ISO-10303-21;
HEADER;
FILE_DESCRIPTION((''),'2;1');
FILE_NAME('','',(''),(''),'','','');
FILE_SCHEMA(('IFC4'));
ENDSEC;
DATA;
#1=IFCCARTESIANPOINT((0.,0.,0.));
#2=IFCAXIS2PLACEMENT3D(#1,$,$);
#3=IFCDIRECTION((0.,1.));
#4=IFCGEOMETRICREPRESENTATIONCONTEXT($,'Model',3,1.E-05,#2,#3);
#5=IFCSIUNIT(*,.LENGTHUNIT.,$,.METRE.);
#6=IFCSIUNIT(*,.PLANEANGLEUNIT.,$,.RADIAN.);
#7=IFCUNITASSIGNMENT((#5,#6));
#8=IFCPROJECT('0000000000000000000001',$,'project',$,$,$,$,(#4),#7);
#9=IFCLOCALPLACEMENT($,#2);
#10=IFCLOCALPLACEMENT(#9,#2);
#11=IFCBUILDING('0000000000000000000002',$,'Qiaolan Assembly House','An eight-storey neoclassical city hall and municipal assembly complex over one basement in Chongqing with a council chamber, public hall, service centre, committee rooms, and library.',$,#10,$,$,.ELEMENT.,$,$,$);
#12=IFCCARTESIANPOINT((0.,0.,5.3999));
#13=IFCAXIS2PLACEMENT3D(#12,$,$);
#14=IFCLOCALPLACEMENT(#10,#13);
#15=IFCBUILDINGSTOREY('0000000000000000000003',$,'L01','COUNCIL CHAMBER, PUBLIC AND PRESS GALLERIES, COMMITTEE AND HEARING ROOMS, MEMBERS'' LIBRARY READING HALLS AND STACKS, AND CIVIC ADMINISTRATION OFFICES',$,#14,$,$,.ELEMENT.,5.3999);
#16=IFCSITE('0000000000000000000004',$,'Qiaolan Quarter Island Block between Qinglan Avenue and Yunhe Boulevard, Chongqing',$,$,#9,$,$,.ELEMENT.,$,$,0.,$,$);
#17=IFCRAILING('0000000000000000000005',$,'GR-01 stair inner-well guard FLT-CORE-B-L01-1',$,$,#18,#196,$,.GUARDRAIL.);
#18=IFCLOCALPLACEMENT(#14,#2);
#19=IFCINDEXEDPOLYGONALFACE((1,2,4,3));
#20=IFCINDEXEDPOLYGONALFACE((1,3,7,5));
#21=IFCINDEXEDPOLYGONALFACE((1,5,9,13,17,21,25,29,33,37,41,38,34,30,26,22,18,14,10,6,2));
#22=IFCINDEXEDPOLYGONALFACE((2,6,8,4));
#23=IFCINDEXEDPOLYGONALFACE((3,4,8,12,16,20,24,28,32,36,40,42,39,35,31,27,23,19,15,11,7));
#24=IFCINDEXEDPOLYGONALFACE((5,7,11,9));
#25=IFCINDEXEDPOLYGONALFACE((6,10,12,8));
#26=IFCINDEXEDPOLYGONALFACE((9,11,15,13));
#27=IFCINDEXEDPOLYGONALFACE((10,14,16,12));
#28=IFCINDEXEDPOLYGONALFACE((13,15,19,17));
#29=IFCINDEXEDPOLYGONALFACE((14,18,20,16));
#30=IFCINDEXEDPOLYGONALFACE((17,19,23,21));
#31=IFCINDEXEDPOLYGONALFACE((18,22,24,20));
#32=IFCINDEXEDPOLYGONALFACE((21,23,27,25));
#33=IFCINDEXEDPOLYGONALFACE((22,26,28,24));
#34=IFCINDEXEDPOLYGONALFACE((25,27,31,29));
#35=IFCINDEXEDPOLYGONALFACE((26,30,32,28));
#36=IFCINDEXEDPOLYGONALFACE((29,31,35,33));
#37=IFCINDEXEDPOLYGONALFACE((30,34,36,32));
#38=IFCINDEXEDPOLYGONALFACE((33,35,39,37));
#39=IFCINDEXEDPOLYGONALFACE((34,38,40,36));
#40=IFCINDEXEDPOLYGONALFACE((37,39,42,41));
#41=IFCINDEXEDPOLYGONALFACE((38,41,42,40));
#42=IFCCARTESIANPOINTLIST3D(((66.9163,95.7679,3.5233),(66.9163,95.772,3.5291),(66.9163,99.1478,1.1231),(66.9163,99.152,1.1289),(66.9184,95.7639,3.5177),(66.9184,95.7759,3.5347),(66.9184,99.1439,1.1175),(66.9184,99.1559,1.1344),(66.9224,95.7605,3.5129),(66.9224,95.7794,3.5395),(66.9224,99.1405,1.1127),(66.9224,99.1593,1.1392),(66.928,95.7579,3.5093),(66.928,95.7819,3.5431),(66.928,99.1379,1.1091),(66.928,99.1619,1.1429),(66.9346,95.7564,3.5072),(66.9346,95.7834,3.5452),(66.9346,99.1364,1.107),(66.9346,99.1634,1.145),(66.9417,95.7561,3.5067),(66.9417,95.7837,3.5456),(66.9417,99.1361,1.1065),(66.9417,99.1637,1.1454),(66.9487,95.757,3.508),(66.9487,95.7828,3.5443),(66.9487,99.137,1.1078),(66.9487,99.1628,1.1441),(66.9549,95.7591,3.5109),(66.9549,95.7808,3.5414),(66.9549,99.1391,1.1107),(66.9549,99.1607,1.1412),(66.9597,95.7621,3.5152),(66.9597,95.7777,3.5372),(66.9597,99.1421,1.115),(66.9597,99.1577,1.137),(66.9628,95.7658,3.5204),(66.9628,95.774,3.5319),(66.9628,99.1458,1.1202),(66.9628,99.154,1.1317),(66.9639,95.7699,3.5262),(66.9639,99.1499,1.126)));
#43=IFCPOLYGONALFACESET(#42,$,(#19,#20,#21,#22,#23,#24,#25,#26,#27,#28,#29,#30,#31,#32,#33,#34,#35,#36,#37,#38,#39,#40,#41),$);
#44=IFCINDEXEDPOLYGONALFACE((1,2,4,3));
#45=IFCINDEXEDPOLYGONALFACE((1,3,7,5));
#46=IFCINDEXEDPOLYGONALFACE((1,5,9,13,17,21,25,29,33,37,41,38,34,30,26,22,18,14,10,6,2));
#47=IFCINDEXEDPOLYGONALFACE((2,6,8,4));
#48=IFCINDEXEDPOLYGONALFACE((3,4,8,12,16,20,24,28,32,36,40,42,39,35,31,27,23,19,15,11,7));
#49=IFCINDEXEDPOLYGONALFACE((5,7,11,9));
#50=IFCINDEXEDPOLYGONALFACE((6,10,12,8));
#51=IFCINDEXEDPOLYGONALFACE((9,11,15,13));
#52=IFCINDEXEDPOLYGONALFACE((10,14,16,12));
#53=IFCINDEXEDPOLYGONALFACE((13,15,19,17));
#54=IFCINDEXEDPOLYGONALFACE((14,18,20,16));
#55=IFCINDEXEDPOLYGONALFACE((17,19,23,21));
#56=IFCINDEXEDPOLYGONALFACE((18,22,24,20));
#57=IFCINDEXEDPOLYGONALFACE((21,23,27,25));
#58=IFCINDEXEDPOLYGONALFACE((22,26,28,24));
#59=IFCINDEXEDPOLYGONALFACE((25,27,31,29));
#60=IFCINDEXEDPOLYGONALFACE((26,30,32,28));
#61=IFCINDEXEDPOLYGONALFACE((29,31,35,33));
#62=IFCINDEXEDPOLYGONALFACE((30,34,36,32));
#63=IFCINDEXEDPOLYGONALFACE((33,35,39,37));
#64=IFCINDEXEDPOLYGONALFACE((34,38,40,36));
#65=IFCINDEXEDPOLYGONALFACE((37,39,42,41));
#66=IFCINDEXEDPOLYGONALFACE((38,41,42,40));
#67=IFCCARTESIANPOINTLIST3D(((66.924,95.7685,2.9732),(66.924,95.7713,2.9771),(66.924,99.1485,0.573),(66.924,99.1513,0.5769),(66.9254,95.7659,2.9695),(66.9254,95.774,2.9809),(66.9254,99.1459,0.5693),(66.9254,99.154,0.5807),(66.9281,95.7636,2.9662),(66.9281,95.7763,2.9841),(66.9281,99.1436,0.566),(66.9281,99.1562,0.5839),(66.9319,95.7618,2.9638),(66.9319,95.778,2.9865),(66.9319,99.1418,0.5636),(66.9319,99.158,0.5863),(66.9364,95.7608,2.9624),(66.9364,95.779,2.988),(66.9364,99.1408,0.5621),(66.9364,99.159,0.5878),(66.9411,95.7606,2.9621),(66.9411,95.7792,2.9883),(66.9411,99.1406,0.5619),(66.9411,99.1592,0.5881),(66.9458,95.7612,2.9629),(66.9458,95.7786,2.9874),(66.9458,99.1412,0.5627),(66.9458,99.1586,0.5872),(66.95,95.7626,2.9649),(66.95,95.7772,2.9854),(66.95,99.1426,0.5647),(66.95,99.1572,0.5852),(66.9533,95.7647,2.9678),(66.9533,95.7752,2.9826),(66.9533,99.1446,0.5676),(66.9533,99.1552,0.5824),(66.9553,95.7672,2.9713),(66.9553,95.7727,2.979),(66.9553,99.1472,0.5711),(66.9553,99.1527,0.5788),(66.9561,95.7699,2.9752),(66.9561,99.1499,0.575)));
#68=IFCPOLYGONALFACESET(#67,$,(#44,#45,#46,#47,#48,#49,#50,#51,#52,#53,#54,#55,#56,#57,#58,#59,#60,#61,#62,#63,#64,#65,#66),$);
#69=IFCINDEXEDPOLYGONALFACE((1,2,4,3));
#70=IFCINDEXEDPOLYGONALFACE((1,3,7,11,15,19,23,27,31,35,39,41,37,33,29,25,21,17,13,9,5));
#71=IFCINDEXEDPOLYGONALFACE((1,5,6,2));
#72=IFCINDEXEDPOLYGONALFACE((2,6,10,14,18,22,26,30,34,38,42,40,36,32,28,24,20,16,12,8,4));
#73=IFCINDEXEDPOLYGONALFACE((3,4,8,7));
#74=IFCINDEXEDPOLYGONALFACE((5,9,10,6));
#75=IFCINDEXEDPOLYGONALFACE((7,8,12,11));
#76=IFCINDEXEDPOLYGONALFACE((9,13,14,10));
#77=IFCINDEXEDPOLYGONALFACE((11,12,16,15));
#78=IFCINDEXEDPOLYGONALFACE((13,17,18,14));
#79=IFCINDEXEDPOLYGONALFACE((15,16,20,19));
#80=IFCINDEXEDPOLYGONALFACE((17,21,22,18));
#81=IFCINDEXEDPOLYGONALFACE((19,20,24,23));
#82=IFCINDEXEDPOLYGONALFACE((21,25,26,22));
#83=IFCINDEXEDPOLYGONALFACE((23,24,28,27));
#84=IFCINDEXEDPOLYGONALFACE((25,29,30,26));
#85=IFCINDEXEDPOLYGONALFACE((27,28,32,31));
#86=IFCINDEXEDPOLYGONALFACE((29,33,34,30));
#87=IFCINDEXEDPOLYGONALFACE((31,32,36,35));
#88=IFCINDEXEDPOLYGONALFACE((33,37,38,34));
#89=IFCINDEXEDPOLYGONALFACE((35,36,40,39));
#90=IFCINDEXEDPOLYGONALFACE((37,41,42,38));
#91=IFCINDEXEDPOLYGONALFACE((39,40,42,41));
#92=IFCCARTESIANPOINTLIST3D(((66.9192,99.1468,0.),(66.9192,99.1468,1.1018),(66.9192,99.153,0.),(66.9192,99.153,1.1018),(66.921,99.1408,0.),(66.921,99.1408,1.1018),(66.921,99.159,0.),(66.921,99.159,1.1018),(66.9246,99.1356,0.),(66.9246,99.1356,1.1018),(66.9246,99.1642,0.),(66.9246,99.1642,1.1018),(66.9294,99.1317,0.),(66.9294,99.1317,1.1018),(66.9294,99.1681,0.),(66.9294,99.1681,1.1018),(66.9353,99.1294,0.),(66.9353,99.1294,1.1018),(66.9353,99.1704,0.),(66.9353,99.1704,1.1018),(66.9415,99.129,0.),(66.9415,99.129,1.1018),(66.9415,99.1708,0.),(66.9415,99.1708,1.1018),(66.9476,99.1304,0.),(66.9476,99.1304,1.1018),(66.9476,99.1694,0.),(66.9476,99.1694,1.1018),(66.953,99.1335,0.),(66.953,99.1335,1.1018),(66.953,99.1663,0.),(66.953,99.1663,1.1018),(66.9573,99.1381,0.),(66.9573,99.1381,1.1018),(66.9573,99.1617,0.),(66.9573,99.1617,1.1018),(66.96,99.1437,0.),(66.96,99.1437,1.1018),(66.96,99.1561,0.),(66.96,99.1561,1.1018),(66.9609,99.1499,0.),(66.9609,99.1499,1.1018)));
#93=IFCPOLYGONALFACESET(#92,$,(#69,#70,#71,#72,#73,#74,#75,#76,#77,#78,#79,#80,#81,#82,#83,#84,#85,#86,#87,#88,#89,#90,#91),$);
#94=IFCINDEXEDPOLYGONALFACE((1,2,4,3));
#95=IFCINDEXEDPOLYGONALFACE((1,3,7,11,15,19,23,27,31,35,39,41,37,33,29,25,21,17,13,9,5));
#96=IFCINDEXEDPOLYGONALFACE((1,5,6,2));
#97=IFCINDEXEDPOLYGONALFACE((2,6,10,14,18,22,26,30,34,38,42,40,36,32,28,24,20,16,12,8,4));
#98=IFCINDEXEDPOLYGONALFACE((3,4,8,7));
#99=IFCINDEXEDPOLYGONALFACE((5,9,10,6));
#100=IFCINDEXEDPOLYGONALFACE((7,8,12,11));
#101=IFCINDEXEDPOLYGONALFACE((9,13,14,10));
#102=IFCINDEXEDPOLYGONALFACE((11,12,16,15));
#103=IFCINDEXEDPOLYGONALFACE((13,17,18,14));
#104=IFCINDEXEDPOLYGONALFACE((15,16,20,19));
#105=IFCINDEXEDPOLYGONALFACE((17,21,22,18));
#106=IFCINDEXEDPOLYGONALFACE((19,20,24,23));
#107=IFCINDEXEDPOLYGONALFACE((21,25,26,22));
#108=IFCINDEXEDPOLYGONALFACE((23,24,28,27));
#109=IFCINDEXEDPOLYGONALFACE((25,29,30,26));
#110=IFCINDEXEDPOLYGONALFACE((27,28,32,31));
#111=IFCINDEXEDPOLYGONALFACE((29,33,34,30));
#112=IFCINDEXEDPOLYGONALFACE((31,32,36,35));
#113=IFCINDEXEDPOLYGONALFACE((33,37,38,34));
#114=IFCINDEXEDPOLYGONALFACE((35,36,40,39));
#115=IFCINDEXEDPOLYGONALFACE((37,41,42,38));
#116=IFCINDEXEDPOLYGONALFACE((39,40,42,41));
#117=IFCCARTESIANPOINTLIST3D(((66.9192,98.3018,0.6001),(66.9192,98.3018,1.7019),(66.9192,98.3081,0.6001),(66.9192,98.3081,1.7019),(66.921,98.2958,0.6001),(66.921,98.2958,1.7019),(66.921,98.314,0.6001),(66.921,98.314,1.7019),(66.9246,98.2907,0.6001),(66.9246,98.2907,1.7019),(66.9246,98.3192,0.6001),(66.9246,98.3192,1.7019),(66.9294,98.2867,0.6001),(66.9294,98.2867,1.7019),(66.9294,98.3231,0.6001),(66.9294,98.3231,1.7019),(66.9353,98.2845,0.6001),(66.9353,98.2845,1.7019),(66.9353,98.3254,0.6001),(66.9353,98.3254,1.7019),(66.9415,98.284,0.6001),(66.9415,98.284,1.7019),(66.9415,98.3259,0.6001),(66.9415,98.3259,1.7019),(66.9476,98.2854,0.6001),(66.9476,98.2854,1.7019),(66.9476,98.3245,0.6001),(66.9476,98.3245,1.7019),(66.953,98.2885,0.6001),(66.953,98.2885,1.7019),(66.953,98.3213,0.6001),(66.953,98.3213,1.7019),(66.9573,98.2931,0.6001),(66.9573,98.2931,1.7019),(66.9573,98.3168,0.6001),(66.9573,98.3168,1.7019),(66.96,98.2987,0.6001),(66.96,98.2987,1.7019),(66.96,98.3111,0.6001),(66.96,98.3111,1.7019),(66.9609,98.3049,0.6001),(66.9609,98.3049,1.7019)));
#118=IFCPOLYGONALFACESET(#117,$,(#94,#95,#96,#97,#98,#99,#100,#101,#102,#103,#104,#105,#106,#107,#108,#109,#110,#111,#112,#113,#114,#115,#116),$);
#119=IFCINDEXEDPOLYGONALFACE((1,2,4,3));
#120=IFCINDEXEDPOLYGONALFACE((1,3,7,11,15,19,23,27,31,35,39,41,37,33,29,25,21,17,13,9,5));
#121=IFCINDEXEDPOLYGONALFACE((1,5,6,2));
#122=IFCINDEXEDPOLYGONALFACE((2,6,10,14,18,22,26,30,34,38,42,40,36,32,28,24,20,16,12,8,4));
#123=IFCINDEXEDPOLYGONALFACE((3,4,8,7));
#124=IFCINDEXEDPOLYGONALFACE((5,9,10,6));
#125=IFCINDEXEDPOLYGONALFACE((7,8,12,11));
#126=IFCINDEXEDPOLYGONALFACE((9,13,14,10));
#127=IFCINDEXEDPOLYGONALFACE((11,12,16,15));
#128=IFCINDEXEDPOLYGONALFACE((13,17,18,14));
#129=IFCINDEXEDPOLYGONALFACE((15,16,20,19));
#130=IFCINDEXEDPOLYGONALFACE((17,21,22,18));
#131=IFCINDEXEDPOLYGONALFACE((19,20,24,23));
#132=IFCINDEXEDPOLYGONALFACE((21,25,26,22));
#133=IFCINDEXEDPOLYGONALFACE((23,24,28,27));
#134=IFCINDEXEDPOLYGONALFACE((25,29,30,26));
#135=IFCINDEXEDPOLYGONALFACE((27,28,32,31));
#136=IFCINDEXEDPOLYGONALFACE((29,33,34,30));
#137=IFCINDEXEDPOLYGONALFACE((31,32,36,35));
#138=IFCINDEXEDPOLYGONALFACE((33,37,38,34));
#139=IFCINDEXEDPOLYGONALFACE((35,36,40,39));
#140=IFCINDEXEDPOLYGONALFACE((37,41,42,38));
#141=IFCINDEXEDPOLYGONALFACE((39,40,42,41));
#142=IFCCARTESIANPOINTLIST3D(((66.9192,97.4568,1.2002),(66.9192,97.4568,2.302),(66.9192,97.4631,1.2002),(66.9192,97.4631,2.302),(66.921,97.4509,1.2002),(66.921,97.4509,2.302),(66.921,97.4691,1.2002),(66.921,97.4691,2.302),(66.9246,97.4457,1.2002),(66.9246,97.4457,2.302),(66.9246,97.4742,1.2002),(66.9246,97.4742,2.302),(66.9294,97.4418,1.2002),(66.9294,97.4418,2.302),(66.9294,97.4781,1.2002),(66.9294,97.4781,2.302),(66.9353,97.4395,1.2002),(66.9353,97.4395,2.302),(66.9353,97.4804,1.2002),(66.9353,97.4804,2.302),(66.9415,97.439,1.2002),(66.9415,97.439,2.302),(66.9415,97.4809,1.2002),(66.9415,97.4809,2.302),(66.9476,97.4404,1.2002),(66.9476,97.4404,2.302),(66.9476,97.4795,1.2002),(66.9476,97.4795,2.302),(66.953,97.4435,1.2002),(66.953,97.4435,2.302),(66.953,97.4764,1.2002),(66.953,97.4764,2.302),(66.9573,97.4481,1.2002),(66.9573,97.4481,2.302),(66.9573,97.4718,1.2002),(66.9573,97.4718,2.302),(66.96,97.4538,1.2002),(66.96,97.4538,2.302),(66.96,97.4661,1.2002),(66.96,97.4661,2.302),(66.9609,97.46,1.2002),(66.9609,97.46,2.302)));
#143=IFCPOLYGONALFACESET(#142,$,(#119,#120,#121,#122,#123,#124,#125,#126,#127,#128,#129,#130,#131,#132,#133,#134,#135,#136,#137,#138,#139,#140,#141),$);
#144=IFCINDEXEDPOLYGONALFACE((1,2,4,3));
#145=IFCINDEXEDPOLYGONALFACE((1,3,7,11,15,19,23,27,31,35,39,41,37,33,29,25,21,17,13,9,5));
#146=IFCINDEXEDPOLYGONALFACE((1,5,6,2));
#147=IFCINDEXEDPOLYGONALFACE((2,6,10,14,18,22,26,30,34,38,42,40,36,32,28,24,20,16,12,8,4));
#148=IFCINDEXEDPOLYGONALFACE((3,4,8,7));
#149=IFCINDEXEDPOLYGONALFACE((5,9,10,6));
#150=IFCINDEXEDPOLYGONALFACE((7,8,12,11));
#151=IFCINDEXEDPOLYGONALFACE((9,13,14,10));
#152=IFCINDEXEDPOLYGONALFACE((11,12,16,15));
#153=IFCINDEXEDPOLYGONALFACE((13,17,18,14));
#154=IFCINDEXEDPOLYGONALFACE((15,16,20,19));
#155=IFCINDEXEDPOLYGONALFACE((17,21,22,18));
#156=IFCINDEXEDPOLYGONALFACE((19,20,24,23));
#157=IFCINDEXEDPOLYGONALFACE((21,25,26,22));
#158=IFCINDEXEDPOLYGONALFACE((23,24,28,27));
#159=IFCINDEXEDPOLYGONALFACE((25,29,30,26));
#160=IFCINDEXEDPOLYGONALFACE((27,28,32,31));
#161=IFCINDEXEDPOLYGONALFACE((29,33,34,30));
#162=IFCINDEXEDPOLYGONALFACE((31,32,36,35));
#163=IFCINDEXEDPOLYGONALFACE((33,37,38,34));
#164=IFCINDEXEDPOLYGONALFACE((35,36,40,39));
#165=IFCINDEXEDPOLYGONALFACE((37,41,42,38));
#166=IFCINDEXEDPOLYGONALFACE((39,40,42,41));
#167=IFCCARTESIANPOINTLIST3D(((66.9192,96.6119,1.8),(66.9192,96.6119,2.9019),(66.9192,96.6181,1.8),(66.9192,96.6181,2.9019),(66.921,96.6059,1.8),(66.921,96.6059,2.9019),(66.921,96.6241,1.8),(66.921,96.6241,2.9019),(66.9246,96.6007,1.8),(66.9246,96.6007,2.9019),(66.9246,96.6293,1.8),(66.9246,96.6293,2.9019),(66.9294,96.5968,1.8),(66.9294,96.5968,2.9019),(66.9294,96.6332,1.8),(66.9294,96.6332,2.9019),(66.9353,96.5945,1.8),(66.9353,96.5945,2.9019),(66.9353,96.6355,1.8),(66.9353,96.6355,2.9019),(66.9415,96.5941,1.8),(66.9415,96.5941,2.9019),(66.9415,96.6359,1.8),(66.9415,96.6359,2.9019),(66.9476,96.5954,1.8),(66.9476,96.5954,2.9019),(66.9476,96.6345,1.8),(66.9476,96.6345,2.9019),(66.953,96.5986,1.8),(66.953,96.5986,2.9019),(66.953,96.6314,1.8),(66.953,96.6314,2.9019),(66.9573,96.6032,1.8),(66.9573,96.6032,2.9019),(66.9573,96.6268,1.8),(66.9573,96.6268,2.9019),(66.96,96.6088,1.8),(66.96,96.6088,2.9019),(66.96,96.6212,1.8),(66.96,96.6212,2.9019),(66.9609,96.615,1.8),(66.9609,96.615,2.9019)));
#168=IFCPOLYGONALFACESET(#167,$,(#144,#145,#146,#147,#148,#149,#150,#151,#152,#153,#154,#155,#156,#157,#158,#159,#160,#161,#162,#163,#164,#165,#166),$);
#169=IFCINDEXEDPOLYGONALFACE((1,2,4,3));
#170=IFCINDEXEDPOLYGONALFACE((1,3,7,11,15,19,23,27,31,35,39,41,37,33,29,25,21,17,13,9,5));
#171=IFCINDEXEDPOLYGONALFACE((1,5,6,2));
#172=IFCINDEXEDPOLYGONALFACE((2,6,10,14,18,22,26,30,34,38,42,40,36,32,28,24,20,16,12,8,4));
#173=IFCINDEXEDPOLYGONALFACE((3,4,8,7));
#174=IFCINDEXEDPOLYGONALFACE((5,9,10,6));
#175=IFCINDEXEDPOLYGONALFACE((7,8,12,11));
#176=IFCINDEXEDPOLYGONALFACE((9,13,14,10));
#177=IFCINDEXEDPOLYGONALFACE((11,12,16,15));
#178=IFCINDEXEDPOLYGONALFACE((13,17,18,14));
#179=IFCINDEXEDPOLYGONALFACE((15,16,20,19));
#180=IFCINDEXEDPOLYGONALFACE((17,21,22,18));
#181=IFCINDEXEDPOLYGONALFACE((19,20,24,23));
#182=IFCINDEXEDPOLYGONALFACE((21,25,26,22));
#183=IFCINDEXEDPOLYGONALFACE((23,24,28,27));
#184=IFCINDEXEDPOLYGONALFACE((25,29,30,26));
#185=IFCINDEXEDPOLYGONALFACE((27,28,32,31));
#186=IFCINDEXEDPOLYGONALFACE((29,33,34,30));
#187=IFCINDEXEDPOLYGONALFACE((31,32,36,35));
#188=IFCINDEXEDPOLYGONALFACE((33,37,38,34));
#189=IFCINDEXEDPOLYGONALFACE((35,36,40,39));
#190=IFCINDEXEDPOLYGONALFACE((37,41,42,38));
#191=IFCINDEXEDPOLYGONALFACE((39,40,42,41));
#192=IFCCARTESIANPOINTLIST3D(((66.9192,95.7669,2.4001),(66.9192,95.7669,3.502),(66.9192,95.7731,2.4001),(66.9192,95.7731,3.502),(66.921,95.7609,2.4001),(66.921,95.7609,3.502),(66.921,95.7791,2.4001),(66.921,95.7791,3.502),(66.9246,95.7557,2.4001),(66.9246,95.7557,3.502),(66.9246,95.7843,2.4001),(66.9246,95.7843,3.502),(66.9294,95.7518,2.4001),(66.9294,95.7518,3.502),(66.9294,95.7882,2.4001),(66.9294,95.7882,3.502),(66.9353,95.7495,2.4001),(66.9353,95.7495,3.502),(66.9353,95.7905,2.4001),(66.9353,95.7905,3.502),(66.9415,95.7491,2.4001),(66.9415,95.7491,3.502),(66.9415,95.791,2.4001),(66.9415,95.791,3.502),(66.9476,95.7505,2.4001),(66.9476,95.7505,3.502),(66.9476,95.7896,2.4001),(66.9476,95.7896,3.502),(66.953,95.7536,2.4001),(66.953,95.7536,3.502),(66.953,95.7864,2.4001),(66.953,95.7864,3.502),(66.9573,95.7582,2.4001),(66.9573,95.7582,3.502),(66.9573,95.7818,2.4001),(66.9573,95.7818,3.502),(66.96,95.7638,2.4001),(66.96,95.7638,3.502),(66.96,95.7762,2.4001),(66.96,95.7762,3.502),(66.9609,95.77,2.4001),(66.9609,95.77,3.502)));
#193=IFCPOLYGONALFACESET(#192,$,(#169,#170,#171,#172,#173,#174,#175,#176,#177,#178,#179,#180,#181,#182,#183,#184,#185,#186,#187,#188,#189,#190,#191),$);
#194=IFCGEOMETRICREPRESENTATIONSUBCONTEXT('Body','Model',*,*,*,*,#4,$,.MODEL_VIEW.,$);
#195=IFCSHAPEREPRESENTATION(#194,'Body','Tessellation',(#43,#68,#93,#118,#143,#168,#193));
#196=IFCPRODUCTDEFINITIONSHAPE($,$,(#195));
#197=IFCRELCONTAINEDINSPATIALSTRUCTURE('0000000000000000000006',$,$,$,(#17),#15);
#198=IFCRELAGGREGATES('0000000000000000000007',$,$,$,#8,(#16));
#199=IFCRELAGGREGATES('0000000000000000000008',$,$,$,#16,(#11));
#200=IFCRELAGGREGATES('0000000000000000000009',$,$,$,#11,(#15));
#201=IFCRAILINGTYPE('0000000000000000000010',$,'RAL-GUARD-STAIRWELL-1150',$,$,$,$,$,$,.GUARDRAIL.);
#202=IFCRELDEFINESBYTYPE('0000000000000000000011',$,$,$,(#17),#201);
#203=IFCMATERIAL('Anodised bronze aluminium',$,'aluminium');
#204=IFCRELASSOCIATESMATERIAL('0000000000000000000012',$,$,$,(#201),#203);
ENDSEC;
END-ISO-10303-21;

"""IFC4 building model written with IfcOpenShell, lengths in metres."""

from ifc_helpers import new_model, si_unit, direction, frame, origin, origin_2d, place, context, subcontext, project, spatial, circle, extrude, material, type_object, element, save


model = new_model("IFC4")

# Units and contexts
model_context = context("Model", 3, precision=1e-05, world=origin(), true_north=direction((0.0, 1.0)))
body_context = subcontext(model_context, "Body", "Model", "MODEL_VIEW")
ifc_project = project(units=[si_unit("LENGTHUNIT", "METRE"), si_unit("PLANEANGLEUNIT", "RADIAN")], contexts=[model_context])

# Site, building, storey
site_placement = place(None, origin())
site = spatial("IfcSite", under=ifc_project, at=site_placement, Name="Qiaolan Quarter Island Block between Qinglan Avenue and Yunhe Boulevard, Chongqing", CompositionType="ELEMENT", RefElevation=0.0)
building_placement = place(site_placement, origin())
building = spatial("IfcBuilding", under=site, at=building_placement, Name="Qiaolan Assembly House", Description="An eight-storey neoclassical city hall and municipal assembly complex over one basement in Chongqing with a council chamber, public hall, service centre, committee rooms, and library.", CompositionType="ELEMENT")
storey_placement = place(building_placement, frame((0.0, 0.0, 5.3999)))
storey = spatial("IfcBuildingStorey", under=building, at=storey_placement, Name="L01", Description="COUNCIL CHAMBER, PUBLIC AND PRESS GALLERIES, COMMITTEE AND HEARING ROOMS, MEMBERS' LIBRARY READING HALLS AND STACKS, AND CIVIC ADMINISTRATION OFFICES", CompositionType="ELEMENT", Elevation=5.3999)

# Railing
ifc_material_1 = material(Name="Anodised bronze aluminium", Category="aluminium")
railing_type_1 = type_object("IfcRailingType", Name="RAL-GUARD-STAIRWELL-1150", PredefinedType="GUARDRAIL", material=ifc_material_1)
railing_1_placement = place(storey_placement, frame((66.9399, 99.1499, 0.0)))
element("IfcRailing", 1, at=railing_1_placement, inside=storey, type_object=railing_type_1, Name="GR-01 stair inner-well guard FLT-CORE-B-L01-1", PredefinedType="GUARDRAIL", context=body_context, shape_type="SweptSolid", body=[
    extrude(circle(Radius=0.0239, at=origin_2d()), frame((0.0, 0.0, 1.126), z_axis=(0.0, -0.815334, 0.578991), x_axis=(1.0, 0.0, 0.0)), (0.0, 0.0, 1.0), 4.1455),
    extrude(circle(Radius=0.0161, at=origin_2d()), frame((0.0, 0.0, 0.575), z_axis=(0.0, -0.815334, 0.578991), x_axis=(1.0, 0.0, 0.0)), (0.0, 0.0, 1.0), 4.1455),
    extrude(circle(Radius=0.021, at=origin_2d()), origin(), (0.0, 0.0, 1.0), 1.1018),
    extrude(circle(Radius=0.021, at=origin_2d()), frame((0.0, -0.845, 0.6001)), (0.0, 0.0, 1.0), 1.1018),
    extrude(circle(Radius=0.021, at=origin_2d()), frame((0.0, -1.6899, 1.2002)), (0.0, 0.0, 1.0), 1.1018),
    extrude(circle(Radius=0.021, at=origin_2d()), frame((0.0, -2.5349, 1.8)), (0.0, 0.0, 1.0), 1.1018),
    extrude(circle(Radius=0.021, at=origin_2d()), frame((0.0, -3.3799, 2.4001)), (0.0, 0.0, 1.0), 1.1018),
])

save(model, "model.ifc")
